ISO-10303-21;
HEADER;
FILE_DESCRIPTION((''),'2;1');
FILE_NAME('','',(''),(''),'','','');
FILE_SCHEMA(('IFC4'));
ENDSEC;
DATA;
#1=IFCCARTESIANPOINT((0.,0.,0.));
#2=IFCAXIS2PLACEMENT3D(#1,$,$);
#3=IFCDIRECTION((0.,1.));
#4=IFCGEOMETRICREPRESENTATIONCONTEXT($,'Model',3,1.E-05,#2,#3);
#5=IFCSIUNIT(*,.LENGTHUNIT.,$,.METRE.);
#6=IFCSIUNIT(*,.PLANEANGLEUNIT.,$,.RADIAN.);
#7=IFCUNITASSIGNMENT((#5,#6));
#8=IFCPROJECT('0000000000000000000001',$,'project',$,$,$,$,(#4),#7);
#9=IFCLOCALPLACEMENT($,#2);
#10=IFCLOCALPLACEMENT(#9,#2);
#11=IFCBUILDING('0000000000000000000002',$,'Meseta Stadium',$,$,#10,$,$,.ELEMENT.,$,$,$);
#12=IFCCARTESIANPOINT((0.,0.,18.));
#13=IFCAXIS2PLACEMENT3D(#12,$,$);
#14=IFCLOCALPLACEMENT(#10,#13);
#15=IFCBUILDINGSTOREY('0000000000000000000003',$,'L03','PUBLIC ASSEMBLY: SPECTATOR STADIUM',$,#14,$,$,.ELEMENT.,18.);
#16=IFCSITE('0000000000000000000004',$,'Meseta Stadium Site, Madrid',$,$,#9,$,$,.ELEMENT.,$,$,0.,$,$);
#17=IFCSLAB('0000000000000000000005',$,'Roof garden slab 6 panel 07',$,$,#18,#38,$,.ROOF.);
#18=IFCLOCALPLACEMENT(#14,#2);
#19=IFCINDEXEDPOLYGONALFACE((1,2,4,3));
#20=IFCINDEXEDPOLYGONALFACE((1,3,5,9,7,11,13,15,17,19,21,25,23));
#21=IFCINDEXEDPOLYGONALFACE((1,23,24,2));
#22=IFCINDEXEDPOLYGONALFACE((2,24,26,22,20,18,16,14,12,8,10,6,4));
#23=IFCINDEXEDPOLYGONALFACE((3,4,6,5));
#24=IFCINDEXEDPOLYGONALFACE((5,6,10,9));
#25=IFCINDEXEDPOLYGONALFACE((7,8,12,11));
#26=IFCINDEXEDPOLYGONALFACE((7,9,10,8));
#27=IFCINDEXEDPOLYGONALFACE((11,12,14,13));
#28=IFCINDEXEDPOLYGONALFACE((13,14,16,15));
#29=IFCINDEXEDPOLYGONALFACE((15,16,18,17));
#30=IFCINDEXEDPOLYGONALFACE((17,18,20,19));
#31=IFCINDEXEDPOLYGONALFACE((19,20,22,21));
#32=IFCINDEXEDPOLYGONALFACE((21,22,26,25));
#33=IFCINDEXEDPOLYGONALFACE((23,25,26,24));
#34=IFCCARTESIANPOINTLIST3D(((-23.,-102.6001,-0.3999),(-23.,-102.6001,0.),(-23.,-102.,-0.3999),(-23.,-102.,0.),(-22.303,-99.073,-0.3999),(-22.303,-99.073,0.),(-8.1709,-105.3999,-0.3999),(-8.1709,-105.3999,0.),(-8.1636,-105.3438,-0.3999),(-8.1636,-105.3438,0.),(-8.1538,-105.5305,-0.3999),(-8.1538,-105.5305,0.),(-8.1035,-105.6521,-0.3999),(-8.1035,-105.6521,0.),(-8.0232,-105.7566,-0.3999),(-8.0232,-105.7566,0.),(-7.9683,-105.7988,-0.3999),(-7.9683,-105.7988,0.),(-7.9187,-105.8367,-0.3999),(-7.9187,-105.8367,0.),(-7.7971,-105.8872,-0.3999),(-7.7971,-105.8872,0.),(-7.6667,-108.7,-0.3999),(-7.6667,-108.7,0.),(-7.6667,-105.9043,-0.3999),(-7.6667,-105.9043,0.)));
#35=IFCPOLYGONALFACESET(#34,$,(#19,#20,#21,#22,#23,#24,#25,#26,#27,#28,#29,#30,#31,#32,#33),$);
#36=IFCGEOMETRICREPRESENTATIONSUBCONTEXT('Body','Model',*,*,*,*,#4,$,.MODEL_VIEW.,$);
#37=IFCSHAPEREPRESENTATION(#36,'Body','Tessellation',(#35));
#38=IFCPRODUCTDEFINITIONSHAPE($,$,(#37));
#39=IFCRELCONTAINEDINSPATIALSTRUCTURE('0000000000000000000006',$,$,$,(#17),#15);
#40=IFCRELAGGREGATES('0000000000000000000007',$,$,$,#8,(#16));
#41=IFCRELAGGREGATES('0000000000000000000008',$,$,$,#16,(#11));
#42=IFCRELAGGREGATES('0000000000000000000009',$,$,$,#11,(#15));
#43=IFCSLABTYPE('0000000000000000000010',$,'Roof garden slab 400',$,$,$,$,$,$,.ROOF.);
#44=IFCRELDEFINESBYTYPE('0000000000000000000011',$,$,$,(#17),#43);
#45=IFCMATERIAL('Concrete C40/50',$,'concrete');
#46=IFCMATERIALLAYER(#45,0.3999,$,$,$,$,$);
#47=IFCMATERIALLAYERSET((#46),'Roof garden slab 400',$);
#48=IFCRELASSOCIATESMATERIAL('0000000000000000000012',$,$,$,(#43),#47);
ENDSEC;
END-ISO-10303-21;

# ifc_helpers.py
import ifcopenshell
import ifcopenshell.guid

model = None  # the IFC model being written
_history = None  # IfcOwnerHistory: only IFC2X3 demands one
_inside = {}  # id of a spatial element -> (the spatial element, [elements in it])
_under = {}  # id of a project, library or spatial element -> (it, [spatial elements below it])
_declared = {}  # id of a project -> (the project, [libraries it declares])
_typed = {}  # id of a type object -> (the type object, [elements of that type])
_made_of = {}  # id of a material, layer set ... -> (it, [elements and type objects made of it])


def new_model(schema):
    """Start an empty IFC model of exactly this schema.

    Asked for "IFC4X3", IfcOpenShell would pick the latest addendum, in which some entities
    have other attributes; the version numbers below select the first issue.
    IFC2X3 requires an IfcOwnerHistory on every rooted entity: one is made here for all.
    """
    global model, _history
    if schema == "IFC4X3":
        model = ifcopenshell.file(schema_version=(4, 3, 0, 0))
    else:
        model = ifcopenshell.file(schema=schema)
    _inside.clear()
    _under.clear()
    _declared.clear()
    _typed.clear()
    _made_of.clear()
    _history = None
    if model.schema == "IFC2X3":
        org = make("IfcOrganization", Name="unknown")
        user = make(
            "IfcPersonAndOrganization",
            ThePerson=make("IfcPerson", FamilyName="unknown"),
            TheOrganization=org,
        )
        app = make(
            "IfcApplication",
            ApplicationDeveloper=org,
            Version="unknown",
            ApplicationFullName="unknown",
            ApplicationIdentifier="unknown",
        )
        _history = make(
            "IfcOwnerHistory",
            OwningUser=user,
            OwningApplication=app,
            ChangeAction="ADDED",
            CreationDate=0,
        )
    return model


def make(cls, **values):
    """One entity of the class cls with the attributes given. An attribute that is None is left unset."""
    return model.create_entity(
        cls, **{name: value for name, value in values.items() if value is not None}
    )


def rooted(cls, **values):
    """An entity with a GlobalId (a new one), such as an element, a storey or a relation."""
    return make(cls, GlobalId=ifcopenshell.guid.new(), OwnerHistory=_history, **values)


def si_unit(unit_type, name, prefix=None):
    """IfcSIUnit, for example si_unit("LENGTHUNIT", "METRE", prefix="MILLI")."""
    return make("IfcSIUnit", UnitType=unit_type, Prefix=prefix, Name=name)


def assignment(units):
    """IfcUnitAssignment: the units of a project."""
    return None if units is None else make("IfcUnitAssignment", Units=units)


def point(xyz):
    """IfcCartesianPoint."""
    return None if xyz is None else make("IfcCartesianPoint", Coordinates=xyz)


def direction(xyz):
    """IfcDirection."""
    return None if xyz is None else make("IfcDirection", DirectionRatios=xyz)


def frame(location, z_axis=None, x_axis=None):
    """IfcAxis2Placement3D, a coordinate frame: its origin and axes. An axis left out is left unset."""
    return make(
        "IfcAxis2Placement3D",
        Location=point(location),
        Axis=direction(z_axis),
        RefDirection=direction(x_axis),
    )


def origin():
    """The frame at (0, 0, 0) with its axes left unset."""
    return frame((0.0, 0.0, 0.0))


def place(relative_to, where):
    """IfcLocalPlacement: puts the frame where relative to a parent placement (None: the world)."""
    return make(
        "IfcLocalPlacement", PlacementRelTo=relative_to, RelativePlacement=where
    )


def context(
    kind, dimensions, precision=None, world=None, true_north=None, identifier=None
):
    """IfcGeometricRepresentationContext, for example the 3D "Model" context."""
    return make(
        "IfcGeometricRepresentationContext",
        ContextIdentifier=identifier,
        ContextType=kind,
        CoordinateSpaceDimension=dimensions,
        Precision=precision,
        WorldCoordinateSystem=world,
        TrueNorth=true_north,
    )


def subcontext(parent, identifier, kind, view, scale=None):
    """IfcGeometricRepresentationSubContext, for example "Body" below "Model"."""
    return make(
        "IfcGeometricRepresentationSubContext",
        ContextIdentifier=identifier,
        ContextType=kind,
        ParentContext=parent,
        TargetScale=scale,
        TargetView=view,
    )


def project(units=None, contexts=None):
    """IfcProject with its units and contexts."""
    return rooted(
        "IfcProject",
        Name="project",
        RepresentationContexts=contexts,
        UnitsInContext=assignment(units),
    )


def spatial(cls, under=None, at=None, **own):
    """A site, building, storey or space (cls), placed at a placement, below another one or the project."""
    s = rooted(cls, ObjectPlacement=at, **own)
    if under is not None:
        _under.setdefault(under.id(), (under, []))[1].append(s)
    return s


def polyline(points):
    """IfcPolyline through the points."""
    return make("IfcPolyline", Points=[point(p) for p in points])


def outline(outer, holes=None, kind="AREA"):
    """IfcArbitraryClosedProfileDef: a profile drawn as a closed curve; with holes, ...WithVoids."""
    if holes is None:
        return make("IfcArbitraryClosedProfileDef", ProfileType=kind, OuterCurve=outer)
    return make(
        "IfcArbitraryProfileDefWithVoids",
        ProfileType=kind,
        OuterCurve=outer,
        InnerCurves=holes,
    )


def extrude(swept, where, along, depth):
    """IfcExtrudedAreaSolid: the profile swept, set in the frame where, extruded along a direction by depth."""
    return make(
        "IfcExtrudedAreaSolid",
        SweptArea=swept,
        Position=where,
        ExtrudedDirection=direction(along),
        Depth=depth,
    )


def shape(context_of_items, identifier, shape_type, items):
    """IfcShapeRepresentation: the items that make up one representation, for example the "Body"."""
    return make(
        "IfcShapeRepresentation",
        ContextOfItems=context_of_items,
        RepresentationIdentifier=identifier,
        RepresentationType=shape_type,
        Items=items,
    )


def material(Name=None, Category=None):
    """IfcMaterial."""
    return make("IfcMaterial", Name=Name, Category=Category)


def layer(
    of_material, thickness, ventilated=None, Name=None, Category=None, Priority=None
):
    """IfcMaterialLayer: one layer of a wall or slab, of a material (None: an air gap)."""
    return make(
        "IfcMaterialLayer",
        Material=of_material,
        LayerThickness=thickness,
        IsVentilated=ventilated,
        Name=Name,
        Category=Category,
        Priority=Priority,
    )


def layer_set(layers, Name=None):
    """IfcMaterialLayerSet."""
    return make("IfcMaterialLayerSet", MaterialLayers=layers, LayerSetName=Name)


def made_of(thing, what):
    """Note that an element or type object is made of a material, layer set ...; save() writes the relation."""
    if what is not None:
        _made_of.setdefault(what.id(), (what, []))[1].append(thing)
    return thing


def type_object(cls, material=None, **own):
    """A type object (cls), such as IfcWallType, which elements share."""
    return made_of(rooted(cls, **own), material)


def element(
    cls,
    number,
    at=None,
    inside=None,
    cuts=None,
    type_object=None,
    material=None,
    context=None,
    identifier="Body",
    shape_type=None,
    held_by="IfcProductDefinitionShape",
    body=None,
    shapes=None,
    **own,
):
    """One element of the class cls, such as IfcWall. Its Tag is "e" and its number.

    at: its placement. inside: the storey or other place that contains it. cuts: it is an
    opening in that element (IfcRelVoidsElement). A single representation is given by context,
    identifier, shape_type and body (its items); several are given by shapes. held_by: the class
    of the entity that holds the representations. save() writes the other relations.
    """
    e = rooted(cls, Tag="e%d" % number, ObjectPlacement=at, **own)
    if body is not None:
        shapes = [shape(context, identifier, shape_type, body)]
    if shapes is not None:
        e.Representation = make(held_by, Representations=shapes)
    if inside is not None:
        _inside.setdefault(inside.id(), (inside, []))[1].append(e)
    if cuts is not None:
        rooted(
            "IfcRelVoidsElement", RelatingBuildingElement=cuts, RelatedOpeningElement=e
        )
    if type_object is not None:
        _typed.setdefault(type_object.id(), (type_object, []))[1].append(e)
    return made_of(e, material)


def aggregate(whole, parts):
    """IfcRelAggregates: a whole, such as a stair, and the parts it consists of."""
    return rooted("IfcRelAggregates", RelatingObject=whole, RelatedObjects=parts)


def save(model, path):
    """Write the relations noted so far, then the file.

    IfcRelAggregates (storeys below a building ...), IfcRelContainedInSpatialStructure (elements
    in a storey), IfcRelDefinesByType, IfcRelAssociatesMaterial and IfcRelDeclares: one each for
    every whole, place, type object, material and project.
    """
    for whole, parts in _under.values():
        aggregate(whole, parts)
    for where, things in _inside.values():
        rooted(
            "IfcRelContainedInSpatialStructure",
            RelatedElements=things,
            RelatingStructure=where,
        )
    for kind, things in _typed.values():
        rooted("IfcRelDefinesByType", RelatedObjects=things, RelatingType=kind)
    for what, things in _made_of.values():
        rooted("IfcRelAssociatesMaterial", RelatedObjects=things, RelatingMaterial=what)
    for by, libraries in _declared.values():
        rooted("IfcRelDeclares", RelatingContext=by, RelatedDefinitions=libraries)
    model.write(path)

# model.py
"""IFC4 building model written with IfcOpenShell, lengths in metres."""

from ifc_helpers import new_model, si_unit, direction, frame, origin, place, context, subcontext, project, spatial, polyline, outline, extrude, material, layer, layer_set, type_object, element, save


model = new_model("IFC4")

# Units and contexts
model_context = context("Model", 3, precision=1e-05, world=origin(), true_north=direction((0.0, 1.0)))
body_context = subcontext(model_context, "Body", "Model", "MODEL_VIEW")
ifc_project = project(units=[si_unit("LENGTHUNIT", "METRE"), si_unit("PLANEANGLEUNIT", "RADIAN")], contexts=[model_context])

# Site, building, storey
site_placement = place(None, origin())
site = spatial("IfcSite", under=ifc_project, at=site_placement, Name="Meseta Stadium Site, Madrid", CompositionType="ELEMENT", RefElevation=0.0)
building_placement = place(site_placement, origin())
building = spatial("IfcBuilding", under=site, at=building_placement, Name="Meseta Stadium", CompositionType="ELEMENT")
storey_placement = place(building_placement, frame((0.0, 0.0, 18.0)))
storey = spatial("IfcBuildingStorey", under=building, at=storey_placement, Name="L03", Description="PUBLIC ASSEMBLY: SPECTATOR STADIUM", CompositionType="ELEMENT", Elevation=18.0)

# Slab
ifc_material_1 = material(Name="Concrete C40/50", Category="concrete")
ifc_layer_1 = layer(ifc_material_1, 0.3999)
ifc_layer_set_1 = layer_set([ifc_layer_1], Name="Roof garden slab 400")
slab_type_1 = type_object("IfcSlabType", Name="Roof garden slab 400", PredefinedType="ROOF", material=ifc_layer_set_1)
slab_1_placement = place(storey_placement, frame((0.0, 0.0, -0.3999)))
element("IfcSlab", 1, at=slab_1_placement, inside=storey, type_object=slab_type_1, Name="Roof garden slab 6 panel 07", PredefinedType="ROOF", context=body_context, shape_type="SweptSolid", body=[
    extrude(outline(polyline([(-8.1035, -105.6521), (-8.1538, -105.5305), (-8.1709, -105.3999), (-8.1636, -105.3438), (-22.303, -99.073), (-23.0, -102.0), (-23.0, -102.6001), (-7.6667, -108.7), (-7.6667, -105.9043), (-7.7971, -105.8872), (-7.9187, -105.8367), (-7.9683, -105.7988), (-8.0232, -105.7566), (-8.1035, -105.6521)])), origin(), (0.0, 0.0, 1.0), 0.3999),
])

save(model, "model.ifc")
